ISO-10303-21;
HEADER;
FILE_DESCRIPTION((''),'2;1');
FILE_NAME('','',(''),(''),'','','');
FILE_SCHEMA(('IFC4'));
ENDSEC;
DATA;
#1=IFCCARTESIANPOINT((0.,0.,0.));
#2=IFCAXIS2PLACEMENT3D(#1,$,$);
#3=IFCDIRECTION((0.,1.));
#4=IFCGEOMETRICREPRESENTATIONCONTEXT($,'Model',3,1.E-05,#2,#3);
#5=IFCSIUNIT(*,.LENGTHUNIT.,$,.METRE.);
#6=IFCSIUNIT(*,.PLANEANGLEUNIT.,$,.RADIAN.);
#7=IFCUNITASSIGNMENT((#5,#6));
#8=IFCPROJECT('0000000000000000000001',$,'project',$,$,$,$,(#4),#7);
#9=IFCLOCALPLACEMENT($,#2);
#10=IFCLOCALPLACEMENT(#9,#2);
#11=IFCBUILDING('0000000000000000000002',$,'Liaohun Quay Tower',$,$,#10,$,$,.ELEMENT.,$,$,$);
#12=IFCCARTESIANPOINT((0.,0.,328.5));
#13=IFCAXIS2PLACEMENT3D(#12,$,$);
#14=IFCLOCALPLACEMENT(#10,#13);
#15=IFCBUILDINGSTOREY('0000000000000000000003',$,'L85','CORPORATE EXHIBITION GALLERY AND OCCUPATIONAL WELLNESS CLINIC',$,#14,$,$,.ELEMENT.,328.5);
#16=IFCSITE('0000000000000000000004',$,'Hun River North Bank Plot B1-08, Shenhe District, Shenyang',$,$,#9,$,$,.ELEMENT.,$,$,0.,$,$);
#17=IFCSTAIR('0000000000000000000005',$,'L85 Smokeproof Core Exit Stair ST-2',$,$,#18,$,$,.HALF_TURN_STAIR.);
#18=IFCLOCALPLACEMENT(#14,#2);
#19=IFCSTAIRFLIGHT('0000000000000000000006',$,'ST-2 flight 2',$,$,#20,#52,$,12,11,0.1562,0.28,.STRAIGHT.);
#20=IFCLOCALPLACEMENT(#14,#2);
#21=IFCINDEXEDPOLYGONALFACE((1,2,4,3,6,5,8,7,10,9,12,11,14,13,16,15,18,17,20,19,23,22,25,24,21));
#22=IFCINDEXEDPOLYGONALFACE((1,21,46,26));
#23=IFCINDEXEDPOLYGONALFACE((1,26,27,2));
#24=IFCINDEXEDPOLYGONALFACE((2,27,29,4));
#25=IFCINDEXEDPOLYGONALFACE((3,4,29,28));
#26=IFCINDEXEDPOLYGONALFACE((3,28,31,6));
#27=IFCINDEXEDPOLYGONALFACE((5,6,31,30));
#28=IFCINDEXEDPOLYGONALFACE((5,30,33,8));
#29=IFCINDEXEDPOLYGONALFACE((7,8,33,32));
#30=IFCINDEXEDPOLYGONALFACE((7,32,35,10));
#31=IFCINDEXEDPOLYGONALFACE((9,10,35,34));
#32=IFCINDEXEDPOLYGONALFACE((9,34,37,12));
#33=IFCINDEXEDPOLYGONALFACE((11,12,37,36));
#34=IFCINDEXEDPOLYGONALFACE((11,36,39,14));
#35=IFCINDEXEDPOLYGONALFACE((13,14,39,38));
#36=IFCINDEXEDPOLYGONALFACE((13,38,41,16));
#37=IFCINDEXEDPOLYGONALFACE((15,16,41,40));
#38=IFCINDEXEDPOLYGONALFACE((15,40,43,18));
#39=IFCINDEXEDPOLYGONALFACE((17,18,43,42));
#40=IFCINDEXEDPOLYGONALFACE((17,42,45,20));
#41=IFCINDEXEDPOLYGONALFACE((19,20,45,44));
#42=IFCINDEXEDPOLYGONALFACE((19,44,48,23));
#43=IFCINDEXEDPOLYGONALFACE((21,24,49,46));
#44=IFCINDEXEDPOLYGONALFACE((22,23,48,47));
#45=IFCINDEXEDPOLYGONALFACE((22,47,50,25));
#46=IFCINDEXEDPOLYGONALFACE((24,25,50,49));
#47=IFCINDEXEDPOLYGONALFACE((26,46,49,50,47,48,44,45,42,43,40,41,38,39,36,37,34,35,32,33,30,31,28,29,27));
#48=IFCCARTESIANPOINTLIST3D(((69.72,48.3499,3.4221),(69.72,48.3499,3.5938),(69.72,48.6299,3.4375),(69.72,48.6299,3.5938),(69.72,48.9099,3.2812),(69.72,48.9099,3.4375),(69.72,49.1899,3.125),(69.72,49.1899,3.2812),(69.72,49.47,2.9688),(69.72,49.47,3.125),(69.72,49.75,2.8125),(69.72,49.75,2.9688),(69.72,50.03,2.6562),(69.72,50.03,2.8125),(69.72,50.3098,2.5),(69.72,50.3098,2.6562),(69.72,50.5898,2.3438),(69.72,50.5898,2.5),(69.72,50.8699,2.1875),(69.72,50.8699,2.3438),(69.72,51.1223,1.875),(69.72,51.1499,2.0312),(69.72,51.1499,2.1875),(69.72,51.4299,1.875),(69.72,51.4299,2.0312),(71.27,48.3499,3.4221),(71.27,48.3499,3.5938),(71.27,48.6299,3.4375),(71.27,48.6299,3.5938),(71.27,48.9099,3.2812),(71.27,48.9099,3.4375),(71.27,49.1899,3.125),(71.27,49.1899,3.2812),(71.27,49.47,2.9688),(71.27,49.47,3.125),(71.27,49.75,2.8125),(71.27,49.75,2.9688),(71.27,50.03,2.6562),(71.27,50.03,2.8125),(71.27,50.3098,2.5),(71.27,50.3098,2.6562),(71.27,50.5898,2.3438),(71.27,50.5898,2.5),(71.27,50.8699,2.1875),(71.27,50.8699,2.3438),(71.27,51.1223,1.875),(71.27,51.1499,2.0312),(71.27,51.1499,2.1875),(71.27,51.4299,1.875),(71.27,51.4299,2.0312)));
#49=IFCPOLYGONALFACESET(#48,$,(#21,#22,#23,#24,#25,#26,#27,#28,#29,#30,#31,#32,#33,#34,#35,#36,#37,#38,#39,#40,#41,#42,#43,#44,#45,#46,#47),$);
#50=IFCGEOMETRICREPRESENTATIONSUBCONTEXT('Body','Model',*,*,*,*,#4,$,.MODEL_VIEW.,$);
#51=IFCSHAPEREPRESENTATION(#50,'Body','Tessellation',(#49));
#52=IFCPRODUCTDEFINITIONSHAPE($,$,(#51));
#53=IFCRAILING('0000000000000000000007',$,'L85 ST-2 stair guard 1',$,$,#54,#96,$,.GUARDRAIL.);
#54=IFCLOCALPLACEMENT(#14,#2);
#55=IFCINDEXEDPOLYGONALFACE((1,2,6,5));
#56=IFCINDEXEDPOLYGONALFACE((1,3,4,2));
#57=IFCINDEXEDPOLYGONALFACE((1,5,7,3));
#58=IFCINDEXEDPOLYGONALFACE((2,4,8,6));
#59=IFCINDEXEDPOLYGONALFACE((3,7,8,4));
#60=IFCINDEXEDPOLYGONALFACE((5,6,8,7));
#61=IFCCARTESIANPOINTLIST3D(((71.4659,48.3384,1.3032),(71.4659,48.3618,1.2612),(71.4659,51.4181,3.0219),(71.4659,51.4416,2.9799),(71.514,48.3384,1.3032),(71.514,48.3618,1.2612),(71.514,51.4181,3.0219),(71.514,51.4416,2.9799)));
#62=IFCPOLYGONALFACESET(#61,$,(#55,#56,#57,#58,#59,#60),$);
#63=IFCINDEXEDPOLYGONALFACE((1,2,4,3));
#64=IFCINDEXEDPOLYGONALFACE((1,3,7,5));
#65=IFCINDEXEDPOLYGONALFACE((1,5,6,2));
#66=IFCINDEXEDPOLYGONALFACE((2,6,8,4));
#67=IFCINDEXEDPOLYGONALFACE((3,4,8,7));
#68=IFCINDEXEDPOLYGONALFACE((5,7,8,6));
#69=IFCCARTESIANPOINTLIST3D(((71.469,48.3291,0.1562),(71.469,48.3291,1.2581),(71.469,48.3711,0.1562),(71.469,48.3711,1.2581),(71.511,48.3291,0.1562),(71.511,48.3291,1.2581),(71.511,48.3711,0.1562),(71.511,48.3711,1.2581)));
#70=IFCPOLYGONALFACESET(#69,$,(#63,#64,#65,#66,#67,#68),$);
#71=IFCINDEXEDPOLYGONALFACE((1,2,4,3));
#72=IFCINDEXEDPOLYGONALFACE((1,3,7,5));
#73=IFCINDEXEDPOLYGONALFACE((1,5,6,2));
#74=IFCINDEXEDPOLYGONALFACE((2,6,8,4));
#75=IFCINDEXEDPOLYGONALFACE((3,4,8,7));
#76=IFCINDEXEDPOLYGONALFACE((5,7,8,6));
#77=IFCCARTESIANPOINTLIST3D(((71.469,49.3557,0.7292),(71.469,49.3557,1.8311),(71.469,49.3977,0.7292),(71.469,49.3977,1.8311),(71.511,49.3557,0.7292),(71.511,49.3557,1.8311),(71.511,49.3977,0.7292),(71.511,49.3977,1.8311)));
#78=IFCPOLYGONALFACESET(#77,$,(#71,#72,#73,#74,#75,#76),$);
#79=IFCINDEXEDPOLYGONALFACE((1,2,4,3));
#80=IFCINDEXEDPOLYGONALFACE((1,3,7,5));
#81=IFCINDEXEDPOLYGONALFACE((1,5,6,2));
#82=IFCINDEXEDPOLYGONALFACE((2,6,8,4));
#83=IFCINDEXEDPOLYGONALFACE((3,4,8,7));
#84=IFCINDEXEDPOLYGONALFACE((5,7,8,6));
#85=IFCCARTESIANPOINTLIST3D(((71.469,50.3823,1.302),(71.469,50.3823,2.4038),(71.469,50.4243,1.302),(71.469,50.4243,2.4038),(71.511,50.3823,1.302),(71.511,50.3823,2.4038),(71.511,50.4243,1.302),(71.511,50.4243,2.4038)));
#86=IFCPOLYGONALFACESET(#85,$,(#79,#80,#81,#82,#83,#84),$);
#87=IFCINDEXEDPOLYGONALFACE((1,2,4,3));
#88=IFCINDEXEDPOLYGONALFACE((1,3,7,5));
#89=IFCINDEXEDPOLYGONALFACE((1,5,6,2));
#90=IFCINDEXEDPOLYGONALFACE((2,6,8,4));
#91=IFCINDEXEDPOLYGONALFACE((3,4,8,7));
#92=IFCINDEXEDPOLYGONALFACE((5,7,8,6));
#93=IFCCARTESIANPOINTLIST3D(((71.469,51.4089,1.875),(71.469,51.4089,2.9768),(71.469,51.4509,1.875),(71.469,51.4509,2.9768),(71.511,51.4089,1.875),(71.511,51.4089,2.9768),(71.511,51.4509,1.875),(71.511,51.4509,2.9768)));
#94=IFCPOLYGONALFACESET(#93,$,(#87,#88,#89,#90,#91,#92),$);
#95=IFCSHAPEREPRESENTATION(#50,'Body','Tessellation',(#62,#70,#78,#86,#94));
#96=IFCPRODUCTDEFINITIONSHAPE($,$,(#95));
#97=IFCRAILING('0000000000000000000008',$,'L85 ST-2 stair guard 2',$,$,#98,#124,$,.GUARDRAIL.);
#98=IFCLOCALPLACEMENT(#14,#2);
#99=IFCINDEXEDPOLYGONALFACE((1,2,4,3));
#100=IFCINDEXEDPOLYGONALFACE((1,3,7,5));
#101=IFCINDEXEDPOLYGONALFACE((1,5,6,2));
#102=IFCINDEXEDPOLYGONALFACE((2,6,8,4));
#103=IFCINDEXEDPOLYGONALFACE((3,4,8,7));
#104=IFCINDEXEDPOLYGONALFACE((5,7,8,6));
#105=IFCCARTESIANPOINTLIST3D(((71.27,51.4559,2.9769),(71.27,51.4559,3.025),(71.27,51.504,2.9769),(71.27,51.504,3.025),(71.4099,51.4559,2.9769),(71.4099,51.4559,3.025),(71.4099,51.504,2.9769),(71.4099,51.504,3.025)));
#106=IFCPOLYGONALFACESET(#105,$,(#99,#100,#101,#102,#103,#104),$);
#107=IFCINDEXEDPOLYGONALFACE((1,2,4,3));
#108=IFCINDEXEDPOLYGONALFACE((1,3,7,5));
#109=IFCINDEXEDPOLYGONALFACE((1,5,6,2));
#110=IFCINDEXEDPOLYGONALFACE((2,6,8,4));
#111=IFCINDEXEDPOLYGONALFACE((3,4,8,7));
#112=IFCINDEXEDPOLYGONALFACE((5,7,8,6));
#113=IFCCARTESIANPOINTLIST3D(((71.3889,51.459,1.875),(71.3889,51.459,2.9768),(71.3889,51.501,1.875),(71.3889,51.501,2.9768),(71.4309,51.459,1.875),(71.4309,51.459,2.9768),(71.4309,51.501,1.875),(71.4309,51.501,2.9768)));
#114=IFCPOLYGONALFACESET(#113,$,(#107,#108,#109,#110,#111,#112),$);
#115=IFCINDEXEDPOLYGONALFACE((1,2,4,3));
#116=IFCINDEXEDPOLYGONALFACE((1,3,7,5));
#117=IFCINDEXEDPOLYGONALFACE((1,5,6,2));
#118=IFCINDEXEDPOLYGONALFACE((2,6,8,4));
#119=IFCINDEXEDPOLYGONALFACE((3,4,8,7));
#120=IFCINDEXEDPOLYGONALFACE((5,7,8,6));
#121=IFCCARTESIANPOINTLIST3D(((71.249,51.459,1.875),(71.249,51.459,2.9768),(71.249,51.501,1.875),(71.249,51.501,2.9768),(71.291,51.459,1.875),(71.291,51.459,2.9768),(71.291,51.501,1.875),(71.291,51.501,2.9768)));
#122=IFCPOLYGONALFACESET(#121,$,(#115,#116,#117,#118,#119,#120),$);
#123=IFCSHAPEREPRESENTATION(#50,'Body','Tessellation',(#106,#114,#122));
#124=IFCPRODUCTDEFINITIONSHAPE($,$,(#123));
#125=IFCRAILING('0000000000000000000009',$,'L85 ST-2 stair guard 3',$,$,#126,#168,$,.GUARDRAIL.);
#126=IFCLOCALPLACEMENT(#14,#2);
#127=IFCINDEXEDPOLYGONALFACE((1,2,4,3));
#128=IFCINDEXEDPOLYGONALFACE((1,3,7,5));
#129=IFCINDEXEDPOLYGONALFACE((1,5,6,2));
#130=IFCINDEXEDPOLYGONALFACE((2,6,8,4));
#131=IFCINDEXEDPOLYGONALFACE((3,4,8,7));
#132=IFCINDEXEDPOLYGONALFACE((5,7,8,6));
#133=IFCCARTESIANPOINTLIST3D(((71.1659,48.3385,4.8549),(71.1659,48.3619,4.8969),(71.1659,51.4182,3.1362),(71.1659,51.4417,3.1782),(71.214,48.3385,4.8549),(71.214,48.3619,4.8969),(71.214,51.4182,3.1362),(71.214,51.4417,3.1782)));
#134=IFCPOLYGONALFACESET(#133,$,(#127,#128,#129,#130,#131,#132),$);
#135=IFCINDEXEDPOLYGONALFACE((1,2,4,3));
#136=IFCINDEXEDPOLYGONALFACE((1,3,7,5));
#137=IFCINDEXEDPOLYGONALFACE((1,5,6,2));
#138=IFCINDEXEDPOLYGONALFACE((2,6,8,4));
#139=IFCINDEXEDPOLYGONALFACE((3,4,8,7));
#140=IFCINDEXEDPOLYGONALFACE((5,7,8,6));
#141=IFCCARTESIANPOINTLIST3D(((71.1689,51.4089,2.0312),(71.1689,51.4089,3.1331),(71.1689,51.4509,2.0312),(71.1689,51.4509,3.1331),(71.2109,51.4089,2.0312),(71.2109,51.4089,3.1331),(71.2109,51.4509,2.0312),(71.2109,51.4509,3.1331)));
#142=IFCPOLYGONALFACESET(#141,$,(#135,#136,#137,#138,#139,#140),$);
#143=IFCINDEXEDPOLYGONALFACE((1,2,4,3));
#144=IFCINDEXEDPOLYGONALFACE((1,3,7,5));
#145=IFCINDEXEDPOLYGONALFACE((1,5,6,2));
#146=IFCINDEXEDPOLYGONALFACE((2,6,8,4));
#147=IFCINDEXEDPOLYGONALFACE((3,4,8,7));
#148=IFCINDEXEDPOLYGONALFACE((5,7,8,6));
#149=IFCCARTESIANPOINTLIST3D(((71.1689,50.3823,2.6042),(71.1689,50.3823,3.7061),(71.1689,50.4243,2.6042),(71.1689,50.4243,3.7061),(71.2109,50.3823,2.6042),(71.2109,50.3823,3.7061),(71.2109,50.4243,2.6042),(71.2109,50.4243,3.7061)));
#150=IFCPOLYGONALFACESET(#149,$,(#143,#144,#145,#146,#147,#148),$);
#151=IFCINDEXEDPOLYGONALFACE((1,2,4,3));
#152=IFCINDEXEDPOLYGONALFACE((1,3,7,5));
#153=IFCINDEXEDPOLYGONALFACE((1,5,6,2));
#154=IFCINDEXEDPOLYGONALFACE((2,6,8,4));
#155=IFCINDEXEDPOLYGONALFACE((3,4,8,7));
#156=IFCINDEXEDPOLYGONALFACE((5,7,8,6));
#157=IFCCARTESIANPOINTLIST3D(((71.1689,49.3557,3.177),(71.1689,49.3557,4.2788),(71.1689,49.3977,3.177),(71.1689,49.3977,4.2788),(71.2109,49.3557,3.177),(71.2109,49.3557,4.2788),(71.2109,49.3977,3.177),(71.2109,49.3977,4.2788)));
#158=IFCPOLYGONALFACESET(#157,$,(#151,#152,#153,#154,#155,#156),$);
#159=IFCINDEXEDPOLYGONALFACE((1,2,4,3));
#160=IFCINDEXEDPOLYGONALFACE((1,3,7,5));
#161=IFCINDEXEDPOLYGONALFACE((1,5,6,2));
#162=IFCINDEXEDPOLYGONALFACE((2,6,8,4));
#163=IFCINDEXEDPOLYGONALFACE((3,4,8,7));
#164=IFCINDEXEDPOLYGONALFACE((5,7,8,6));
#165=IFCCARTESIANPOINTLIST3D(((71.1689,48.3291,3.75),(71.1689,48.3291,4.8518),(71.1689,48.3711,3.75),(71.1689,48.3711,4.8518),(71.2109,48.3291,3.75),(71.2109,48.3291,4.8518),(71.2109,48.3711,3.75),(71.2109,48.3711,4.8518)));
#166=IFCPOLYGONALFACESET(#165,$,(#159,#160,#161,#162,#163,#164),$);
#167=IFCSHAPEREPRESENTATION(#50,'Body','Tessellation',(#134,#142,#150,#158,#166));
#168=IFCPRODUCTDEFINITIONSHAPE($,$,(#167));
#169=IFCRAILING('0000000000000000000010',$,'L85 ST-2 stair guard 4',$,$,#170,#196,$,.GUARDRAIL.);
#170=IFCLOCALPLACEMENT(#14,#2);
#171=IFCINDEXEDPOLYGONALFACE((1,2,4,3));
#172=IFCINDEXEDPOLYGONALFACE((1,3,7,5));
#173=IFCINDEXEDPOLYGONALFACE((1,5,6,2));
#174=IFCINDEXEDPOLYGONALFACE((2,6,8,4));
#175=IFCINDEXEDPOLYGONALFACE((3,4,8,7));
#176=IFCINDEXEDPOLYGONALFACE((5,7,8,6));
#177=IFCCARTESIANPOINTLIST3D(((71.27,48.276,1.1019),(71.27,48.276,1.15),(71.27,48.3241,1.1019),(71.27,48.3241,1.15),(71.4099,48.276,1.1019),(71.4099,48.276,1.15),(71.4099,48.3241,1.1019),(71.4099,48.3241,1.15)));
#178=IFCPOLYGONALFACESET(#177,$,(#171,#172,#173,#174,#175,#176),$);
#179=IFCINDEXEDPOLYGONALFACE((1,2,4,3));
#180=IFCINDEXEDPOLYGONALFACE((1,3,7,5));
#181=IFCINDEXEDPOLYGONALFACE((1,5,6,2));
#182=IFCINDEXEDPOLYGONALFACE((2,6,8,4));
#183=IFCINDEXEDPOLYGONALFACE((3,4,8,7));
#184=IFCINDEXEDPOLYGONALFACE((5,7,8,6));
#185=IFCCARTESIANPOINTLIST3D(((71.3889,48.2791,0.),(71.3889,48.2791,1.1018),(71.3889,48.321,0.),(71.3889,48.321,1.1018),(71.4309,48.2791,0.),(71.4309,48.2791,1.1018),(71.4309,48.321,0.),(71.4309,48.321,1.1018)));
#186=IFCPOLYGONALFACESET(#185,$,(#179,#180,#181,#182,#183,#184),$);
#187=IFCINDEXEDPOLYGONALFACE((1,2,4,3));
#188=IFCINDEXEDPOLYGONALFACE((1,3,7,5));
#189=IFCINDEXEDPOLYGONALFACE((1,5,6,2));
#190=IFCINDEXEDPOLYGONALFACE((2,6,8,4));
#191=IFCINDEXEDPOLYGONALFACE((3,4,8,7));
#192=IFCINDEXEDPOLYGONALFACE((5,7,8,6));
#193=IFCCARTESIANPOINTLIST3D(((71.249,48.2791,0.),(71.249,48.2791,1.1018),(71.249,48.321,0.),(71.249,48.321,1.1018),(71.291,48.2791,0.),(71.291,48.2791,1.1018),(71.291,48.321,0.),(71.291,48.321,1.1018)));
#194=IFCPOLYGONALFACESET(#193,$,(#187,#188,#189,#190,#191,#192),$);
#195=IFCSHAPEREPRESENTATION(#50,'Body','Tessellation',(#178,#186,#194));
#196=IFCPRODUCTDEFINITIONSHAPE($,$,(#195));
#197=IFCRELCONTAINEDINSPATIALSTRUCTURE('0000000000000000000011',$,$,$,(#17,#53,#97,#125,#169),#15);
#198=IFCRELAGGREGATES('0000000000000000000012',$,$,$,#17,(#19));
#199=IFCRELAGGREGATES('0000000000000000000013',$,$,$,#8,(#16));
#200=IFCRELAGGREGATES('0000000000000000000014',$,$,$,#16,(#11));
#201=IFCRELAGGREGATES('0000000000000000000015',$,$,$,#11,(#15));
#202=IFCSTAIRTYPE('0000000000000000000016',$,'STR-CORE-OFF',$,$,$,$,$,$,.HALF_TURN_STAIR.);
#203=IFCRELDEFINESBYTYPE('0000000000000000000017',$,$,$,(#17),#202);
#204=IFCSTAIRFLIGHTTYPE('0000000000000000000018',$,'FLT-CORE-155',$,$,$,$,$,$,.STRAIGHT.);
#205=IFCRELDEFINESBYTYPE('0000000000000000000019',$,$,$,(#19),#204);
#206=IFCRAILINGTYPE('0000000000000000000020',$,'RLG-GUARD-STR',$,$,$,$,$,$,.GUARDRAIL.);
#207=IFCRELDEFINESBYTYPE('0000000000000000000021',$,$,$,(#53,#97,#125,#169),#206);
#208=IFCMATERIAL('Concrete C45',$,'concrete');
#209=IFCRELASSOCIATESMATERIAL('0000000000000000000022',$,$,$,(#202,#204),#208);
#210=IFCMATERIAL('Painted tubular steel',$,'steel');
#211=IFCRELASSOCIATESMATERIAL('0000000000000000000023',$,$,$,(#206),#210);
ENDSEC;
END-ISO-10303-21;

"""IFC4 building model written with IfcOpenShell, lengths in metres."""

from ifc_helpers import new_model, si_unit, direction, frame, origin, origin_2d, place, context, subcontext, project, spatial, polyline, rectangle, outline, extrude, material, type_object, element, aggregate, save


model = new_model("IFC4")

# Units and contexts
model_context = context("Model", 3, precision=1e-05, world=origin(), true_north=direction((0.0, 1.0)))
body_context = subcontext(model_context, "Body", "Model", "MODEL_VIEW")
ifc_project = project(units=[si_unit("LENGTHUNIT", "METRE"), si_unit("PLANEANGLEUNIT", "RADIAN")], contexts=[model_context])

# Site, building, storey
site_placement = place(None, origin())
site = spatial("IfcSite", under=ifc_project, at=site_placement, Name="Hun River North Bank Plot B1-08, Shenhe District, Shenyang", CompositionType="ELEMENT", RefElevation=0.0)
building_placement = place(site_placement, origin())
building = spatial("IfcBuilding", under=site, at=building_placement, Name="Liaohun Quay Tower", CompositionType="ELEMENT")
storey_placement = place(building_placement, frame((0.0, 0.0, 328.5)))
storey = spatial("IfcBuildingStorey", under=building, at=storey_placement, Name="L85", Description="CORPORATE EXHIBITION GALLERY AND OCCUPATIONAL WELLNESS CLINIC", CompositionType="ELEMENT", Elevation=328.5)

# Stair, stair flight
ifc_material_1 = material(Name="Concrete C45", Category="concrete")
stair_type = type_object("IfcStairType", Name="STR-CORE-OFF", PredefinedType="HALF_TURN_STAIR", material=ifc_material_1)
stair_placement = place(storey_placement, origin())
stair = element("IfcStair", 1, at=stair_placement, inside=storey, type_object=stair_type, Name="L85 Smokeproof Core Exit Stair ST-2", PredefinedType="HALF_TURN_STAIR")
stair_flight_type = type_object("IfcStairFlightType", Name="FLT-CORE-155", PredefinedType="STRAIGHT", material=ifc_material_1)
stair_flight_1_placement = place(storey_placement, frame((70.4951, 51.4299, 1.875), z_axis=(0.0, 0.0, 1.0), x_axis=(0.0, -1.0, 0.0)))
stair_flight_1 = element("IfcStairFlight", 2, at=stair_flight_1_placement, type_object=stair_flight_type, Name="ST-2 flight 2", NumberOfRisers=12, NumberOfTreads=11, PredefinedType="STRAIGHT", RiserHeight=0.1562, TreadLength=0.28, context=body_context, shape_type="SweptSolid", body=[
    extrude(outline(polyline([(0.0, 0.0), (0.0, 0.1562), (0.28, 0.1562), (0.28, 0.3125), (0.5601, 0.3125), (0.5601, 0.4688), (0.8401, 0.4688), (0.8401, 0.625), (1.1201, 0.625), (1.1201, 0.7812), (1.3999, 0.7812), (1.3999, 0.9375), (1.6799, 0.9375), (1.6799, 1.0938), (1.96, 1.0938), (1.96, 1.25), (2.24, 1.25), (2.24, 1.4062), (2.52, 1.4062), (2.52, 1.5625), (2.8, 1.5625), (2.8, 1.7188), (3.0801, 1.7188), (3.0801, 1.875), (3.0801, 1.5471), (0.3076, 0.0), (0.0, 0.0)])), frame((0.0, 0.7749, 0.0), z_axis=(0.0, -1.0, 0.0), x_axis=(1.0, 0.0, 0.0)), (0.0, 0.0, 1.0), 1.55),
])
aggregate(stair, [stair_flight_1])

# Railings
ifc_material_2 = material(Name="Painted tubular steel", Category="steel")
railing_type_1 = type_object("IfcRailingType", Name="RLG-GUARD-STR", PredefinedType="GUARDRAIL", material=ifc_material_2)
railing_1_placement = place(storey_placement, frame((71.49, 48.3501, 0.1562)))
element("IfcRailing", 3, at=railing_1_placement, inside=storey, type_object=railing_type_1, Name="L85 ST-2 stair guard 1", PredefinedType="GUARDRAIL", context=body_context, shape_type="SweptSolid", body=[
    extrude(rectangle(XDim=0.0481, YDim=0.0481, at=origin_2d()), frame((0.0, 0.0, 1.126), z_axis=(0.0, 0.873225, 0.487317), x_axis=(-1.0, 0.0, 0.0)), (0.0, 0.0, 1.0), 3.5269),
    extrude(rectangle(XDim=0.042, YDim=0.042, at=origin_2d()), origin(), (0.0, 0.0, 1.0), 1.1018),
    extrude(rectangle(XDim=0.042, YDim=0.042, at=origin_2d()), frame((0.0, 1.0266, 0.573)), (0.0, 0.0, 1.0), 1.1018),
    extrude(rectangle(XDim=0.042, YDim=0.042, at=origin_2d()), frame((0.0, 2.0532, 1.1458)), (0.0, 0.0, 1.0), 1.1018),
    extrude(rectangle(XDim=0.042, YDim=0.042, at=origin_2d()), frame((0.0, 3.0798, 1.7188)), (0.0, 0.0, 1.0), 1.1018),
])
railing_2_placement = place(storey_placement, frame((71.4099, 51.48, 1.875)))
element("IfcRailing", 4, at=railing_2_placement, inside=storey, type_object=railing_type_1, Name="L85 ST-2 stair guard 2", PredefinedType="GUARDRAIL", context=body_context, shape_type="SweptSolid", body=[
    extrude(rectangle(XDim=0.0481, YDim=0.0481, at=origin_2d()), frame((0.0, 0.0, 1.126), z_axis=(-1.0, 0.0, 0.0), x_axis=(0.0, -1.0, 0.0)), (0.0, 0.0, 1.0), 0.1399),
    extrude(rectangle(XDim=0.042, YDim=0.042, at=origin_2d()), origin(), (0.0, 0.0, 1.0), 1.1018),
    extrude(rectangle(XDim=0.042, YDim=0.042, at=origin_2d()), frame((-0.1399, 0.0, 0.0)), (0.0, 0.0, 1.0), 1.1018),
])
railing_3_placement = place(storey_placement, frame((71.1899, 51.4299, 2.0312)))
element("IfcRailing", 5, at=railing_3_placement, inside=storey, type_object=railing_type_1, Name="L85 ST-2 stair guard 3", PredefinedType="GUARDRAIL", context=body_context, shape_type="SweptSolid", body=[
    extrude(rectangle(XDim=0.0481, YDim=0.0481, at=origin_2d()), frame((0.0, 0.0, 1.126), z_axis=(0.0, -0.873225, 0.487317), x_axis=(1.0, 0.0, 0.0)), (0.0, 0.0, 1.0), 3.5269),
    extrude(rectangle(XDim=0.042, YDim=0.042, at=origin_2d()), origin(), (0.0, 0.0, 1.0), 1.1018),
    extrude(rectangle(XDim=0.042, YDim=0.042, at=origin_2d()), frame((0.0, -1.0266, 0.573)), (0.0, 0.0, 1.0), 1.1018),
    extrude(rectangle(XDim=0.042, YDim=0.042, at=origin_2d()), frame((0.0, -2.0532, 1.1458)), (0.0, 0.0, 1.0), 1.1018),
    extrude(rectangle(XDim=0.042, YDim=0.042, at=origin_2d()), frame((0.0, -3.0798, 1.7188)), (0.0, 0.0, 1.0), 1.1018),
])
railing_4_placement = place(storey_placement, frame((71.4099, 48.3, 0.0)))
element("IfcRailing", 6, at=railing_4_placement, inside=storey, type_object=railing_type_1, Name="L85 ST-2 stair guard 4", PredefinedType="GUARDRAIL", context=body_context, shape_type="SweptSolid", body=[
    extrude(rectangle(XDim=0.0481, YDim=0.0481, at=origin_2d()), frame((0.0, 0.0, 1.126), z_axis=(-1.0, 0.0, 0.0), x_axis=(0.0, -1.0, 0.0)), (0.0, 0.0, 1.0), 0.1399),
    extrude(rectangle(XDim=0.042, YDim=0.042, at=origin_2d()), origin(), (0.0, 0.0, 1.0), 1.1018),
    extrude(rectangle(XDim=0.042, YDim=0.042, at=origin_2d()), frame((-0.1399, 0.0, 0.0)), (0.0, 0.0, 1.0), 1.1018),
])

save(model, "model.ifc")
